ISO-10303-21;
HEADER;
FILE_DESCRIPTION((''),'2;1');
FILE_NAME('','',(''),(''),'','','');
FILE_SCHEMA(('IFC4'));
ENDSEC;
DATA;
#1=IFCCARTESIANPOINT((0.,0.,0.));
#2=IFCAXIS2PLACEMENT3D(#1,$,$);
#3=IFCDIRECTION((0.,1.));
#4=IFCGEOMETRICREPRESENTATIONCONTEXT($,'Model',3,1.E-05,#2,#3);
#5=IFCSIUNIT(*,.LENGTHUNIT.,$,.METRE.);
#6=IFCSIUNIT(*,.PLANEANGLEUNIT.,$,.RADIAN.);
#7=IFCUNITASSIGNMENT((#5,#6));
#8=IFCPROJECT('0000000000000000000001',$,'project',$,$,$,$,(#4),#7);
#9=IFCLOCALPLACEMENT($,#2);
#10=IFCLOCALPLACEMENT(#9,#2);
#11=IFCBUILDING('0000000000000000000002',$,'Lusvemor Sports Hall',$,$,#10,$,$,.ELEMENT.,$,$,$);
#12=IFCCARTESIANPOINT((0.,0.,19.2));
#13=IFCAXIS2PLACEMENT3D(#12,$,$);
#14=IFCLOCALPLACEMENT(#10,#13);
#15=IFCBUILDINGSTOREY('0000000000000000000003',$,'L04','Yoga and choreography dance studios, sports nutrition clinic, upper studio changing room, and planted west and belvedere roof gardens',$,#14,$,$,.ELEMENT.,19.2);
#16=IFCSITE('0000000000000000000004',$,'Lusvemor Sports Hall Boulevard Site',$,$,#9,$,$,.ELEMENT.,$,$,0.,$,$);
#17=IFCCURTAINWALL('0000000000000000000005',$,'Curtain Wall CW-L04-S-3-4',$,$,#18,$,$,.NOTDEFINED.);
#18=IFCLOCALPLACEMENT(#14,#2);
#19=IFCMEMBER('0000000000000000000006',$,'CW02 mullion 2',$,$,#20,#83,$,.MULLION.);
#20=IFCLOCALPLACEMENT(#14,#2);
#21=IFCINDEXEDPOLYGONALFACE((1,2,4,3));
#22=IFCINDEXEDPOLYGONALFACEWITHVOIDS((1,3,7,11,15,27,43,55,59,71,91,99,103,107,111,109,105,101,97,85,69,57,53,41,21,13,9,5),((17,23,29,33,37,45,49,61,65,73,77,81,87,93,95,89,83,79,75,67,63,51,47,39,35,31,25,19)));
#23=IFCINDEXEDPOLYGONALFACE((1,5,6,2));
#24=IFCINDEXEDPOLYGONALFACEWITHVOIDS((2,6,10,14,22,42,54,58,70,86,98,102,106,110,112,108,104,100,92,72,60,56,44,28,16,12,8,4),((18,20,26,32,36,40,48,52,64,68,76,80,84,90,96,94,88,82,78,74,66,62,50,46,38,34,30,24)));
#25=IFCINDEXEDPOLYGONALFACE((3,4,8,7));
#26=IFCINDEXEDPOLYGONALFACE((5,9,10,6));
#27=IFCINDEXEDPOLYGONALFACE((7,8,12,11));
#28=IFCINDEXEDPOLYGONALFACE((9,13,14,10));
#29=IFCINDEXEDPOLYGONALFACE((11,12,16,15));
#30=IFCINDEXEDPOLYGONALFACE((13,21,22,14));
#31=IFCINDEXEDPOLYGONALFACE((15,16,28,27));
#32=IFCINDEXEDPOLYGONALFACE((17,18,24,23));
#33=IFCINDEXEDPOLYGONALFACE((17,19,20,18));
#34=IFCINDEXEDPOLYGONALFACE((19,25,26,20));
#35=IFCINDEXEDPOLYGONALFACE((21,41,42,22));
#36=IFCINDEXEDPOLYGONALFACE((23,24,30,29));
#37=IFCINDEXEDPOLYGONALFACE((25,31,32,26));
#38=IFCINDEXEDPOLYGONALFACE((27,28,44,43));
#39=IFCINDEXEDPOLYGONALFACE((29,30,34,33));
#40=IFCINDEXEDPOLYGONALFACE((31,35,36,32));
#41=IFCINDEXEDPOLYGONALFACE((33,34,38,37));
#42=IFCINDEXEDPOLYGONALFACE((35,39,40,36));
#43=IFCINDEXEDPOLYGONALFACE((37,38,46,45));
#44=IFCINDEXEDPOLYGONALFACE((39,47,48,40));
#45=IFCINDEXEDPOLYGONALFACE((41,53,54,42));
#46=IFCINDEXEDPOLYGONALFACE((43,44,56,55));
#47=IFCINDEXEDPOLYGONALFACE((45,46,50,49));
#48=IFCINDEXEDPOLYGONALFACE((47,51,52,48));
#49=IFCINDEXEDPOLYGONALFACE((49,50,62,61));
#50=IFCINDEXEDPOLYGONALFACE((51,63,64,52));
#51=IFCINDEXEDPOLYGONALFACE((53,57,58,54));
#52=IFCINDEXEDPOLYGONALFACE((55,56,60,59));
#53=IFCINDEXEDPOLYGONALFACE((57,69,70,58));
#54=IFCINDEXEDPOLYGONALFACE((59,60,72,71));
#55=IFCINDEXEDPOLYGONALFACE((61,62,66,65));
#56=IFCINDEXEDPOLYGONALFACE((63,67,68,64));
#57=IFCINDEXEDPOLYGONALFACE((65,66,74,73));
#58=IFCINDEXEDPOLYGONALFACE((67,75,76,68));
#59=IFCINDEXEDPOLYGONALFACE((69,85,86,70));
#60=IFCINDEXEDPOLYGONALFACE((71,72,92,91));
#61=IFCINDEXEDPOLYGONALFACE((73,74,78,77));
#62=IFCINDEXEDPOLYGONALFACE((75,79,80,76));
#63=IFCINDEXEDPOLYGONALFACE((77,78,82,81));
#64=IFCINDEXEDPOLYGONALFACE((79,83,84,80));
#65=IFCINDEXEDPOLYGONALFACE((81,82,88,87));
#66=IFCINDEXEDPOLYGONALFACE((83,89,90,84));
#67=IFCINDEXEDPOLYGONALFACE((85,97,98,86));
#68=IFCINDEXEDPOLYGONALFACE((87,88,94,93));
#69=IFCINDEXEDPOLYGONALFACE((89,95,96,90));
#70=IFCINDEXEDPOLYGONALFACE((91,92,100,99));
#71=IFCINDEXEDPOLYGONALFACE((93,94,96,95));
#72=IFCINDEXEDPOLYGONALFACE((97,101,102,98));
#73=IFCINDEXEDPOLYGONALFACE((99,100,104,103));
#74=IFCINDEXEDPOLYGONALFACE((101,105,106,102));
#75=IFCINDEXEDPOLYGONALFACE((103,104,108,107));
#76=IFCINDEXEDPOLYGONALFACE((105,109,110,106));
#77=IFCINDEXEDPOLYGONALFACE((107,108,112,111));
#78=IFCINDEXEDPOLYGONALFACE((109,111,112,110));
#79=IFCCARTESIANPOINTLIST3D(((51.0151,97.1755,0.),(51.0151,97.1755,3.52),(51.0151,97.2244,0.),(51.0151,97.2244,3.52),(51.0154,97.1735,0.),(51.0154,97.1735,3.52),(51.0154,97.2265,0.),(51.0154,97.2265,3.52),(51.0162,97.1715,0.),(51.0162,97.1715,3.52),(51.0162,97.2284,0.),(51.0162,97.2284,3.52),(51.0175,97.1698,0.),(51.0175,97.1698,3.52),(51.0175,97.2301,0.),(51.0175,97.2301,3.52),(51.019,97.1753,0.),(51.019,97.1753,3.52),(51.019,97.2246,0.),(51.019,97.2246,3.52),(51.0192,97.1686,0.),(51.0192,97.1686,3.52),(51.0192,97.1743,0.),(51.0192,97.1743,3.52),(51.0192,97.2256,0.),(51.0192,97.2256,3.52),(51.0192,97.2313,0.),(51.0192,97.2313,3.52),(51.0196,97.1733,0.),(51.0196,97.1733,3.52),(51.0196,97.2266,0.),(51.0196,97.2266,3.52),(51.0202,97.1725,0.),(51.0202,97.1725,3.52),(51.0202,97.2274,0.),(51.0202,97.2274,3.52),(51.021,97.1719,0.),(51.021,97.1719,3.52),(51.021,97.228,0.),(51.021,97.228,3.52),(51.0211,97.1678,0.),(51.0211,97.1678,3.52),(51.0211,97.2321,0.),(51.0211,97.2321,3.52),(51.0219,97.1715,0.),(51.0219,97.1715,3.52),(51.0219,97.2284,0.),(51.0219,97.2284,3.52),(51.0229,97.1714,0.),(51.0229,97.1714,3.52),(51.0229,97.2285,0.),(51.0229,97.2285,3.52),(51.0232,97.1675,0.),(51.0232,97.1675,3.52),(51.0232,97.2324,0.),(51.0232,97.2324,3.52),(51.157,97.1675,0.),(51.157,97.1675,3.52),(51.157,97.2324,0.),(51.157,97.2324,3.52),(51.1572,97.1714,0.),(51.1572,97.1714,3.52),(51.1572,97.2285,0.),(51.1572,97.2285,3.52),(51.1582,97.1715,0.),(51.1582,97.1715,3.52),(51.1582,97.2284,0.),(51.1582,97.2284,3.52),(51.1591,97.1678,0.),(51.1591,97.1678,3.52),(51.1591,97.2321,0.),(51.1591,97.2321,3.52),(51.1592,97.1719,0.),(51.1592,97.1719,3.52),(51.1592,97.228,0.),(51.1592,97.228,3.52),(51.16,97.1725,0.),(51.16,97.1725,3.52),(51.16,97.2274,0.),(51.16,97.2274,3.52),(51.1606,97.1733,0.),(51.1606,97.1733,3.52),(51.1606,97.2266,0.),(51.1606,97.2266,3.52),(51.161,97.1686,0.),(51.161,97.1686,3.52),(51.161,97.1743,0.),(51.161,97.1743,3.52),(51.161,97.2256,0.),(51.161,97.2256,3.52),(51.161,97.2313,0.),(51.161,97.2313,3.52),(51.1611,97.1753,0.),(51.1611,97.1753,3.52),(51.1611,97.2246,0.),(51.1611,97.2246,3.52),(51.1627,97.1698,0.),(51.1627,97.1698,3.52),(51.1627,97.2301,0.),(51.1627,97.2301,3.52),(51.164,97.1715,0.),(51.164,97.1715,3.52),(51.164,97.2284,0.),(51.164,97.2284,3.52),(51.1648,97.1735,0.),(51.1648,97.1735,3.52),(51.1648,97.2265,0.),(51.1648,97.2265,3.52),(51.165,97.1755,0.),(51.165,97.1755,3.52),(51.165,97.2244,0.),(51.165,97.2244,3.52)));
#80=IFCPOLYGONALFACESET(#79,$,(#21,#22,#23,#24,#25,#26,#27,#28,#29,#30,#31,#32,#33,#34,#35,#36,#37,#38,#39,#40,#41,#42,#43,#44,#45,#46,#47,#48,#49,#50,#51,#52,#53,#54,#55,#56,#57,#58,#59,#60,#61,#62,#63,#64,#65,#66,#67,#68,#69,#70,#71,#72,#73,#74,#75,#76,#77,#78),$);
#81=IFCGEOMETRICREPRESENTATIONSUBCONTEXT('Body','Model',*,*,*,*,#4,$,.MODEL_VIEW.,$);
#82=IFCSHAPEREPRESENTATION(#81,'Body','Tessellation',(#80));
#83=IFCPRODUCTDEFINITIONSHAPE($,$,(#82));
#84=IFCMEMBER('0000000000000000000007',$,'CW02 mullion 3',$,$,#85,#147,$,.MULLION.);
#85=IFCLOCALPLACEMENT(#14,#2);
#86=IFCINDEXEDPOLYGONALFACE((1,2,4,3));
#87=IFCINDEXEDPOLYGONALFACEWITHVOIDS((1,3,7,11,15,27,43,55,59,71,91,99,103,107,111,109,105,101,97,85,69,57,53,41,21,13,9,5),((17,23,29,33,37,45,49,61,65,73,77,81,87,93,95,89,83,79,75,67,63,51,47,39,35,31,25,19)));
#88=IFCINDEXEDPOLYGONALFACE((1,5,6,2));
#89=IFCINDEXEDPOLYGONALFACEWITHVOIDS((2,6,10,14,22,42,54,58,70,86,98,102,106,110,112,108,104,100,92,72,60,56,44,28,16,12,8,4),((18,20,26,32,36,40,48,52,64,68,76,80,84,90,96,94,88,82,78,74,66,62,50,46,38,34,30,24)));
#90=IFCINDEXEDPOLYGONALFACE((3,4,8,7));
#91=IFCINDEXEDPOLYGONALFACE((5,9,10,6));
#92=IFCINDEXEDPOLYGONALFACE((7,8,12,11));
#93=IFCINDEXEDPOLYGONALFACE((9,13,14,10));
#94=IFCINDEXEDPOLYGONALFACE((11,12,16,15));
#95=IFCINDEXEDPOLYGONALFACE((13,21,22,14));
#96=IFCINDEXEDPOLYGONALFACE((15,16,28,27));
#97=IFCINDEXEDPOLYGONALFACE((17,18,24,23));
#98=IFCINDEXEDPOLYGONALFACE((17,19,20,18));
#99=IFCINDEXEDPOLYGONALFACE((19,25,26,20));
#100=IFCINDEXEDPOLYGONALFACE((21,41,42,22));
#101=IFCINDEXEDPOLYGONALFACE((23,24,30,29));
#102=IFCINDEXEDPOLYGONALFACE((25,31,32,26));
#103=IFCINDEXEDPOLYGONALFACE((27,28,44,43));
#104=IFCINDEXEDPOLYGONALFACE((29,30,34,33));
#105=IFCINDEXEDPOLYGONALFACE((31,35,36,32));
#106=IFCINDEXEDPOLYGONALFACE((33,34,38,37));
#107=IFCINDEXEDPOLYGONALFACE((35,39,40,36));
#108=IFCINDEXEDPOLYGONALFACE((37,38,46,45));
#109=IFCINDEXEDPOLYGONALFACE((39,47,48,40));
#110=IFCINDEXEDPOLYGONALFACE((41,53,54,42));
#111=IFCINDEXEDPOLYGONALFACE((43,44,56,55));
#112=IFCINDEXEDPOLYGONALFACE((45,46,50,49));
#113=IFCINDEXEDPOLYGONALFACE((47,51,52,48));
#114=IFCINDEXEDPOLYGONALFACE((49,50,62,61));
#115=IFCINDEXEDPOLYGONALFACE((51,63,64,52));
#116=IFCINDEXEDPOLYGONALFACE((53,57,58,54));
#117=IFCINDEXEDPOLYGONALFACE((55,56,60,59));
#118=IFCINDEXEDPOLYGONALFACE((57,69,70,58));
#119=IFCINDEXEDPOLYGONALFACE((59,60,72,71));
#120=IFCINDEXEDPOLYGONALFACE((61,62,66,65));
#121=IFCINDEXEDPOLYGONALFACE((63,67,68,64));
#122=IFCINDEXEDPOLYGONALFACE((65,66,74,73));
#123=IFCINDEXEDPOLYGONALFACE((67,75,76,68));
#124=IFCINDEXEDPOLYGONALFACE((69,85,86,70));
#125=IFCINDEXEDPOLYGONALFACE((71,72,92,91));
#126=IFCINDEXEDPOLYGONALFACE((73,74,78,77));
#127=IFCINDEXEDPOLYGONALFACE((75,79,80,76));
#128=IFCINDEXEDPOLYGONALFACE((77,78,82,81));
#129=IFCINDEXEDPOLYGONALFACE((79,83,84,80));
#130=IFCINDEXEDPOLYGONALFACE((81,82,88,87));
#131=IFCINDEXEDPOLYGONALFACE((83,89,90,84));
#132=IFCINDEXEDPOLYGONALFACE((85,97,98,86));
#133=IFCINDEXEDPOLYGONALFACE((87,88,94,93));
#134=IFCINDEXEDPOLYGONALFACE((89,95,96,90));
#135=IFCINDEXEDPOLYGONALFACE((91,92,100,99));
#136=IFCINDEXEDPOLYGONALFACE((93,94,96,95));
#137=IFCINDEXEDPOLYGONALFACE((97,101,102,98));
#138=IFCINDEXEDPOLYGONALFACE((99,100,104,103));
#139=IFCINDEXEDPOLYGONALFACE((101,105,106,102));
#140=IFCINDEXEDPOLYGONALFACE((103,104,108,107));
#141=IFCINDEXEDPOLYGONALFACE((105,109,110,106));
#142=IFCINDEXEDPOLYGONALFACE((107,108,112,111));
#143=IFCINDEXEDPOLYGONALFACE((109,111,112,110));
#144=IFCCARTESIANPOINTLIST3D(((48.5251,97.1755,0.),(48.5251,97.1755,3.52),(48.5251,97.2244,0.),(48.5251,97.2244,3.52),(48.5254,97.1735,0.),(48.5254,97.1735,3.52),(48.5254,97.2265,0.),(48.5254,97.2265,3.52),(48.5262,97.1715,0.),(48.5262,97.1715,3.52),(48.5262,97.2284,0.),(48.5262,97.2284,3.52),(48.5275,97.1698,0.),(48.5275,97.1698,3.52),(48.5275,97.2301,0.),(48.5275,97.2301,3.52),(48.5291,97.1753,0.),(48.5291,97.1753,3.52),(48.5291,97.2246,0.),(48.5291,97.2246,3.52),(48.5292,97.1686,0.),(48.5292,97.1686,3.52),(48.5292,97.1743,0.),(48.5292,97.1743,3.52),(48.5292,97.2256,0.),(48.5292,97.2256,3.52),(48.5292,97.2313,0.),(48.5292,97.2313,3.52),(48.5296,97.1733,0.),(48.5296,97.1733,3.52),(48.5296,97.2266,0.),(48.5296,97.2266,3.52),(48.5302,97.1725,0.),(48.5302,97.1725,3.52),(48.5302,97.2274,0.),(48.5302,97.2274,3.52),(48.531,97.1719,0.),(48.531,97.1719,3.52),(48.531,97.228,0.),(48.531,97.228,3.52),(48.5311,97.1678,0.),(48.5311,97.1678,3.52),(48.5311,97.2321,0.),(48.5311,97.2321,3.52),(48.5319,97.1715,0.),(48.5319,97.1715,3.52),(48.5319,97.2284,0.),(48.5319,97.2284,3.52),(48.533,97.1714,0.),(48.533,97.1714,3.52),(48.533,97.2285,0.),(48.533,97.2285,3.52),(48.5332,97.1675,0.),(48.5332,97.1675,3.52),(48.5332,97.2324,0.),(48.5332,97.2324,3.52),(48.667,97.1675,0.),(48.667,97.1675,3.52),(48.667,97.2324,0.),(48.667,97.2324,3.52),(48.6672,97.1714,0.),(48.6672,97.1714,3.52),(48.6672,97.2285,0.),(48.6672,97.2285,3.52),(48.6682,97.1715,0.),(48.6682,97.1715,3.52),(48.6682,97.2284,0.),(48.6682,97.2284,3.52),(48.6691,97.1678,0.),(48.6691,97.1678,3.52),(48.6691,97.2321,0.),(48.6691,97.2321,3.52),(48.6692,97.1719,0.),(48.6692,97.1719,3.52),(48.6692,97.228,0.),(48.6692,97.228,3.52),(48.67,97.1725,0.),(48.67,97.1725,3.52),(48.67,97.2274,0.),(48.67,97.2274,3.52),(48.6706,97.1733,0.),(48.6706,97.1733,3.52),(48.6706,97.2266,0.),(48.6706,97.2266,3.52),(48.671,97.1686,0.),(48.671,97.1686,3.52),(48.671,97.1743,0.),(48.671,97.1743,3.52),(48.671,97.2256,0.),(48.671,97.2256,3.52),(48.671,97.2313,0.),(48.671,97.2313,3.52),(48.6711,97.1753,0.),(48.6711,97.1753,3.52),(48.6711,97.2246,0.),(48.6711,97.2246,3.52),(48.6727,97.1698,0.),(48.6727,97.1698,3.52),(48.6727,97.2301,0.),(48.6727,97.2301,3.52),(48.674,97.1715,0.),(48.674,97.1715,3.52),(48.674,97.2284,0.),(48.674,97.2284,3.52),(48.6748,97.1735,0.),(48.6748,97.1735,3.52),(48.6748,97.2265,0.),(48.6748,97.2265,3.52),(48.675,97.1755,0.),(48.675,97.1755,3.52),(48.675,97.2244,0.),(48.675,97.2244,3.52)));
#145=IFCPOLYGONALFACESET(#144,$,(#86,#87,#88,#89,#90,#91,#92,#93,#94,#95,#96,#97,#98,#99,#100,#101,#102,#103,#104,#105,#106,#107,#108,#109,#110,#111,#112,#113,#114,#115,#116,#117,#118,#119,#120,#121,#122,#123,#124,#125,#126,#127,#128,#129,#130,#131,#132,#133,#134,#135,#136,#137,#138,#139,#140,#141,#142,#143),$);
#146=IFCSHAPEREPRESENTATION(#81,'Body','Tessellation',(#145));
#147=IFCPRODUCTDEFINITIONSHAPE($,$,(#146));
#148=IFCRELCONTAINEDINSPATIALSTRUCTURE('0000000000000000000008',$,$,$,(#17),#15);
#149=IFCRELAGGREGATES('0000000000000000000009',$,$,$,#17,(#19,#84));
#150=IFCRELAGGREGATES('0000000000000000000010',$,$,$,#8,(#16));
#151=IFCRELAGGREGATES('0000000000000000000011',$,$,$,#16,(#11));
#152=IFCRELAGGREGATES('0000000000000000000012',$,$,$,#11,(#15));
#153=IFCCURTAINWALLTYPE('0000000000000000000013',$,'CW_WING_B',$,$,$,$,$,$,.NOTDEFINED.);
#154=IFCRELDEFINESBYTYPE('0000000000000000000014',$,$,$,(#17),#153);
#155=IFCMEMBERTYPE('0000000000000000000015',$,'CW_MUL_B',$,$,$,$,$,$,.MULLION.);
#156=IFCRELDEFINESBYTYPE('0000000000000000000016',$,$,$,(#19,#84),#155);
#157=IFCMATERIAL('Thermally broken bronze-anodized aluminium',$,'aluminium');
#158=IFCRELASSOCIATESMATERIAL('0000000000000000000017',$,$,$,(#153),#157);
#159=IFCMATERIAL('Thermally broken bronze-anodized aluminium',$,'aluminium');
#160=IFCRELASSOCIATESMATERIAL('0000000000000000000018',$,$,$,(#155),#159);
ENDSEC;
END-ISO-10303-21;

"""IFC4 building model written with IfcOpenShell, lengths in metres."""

from ifc_helpers import new_model, si_unit, direction, frame, origin, origin_2d, place, context, subcontext, project, spatial, hollow_rectangle, extrude, material, material_profile, profile_set, type_object, element, aggregate, save


model = new_model("IFC4")

# Units and contexts
model_context = context("Model", 3, precision=1e-05, world=origin(), true_north=direction((0.0, 1.0)))
body_context = subcontext(model_context, "Body", "Model", "MODEL_VIEW")
ifc_project = project(units=[si_unit("LENGTHUNIT", "METRE"), si_unit("PLANEANGLEUNIT", "RADIAN")], contexts=[model_context])

# Site, building, storey
site_placement = place(None, origin())
site = spatial("IfcSite", under=ifc_project, at=site_placement, Name="Lusvemor Sports Hall Boulevard Site", CompositionType="ELEMENT", RefElevation=0.0)
building_placement = place(site_placement, origin())
building = spatial("IfcBuilding", under=site, at=building_placement, Name="Lusvemor Sports Hall", CompositionType="ELEMENT")
storey_placement = place(building_placement, frame((0.0, 0.0, 19.2)))
storey = spatial("IfcBuildingStorey", under=building, at=storey_placement, Name="L04", Description="Yoga and choreography dance studios, sports nutrition clinic, upper studio changing room, and planted west and belvedere roof gardens", CompositionType="ELEMENT", Elevation=19.2)

# Shared definitions
ifc_material_1 = material(Name="Thermally broken bronze-anodized aluminium", Category="aluminium")
curtain_wall_type = type_object("IfcCurtainWallType", Name="CW_WING_B", PredefinedType="NOTDEFINED", material=ifc_material_1)
ifc_material_2 = material(Name="Thermally broken bronze-anodized aluminium", Category="aluminium")
ifc_material_profile_1 = material_profile(ifc_material_2, hollow_rectangle(XDim=0.0649, YDim=0.1499, WallThickness=0.0039, InnerFilletRadius=0.0039, OuterFilletRadius=0.0081, at=origin_2d()), Name="CWMUL150x65x4")
ifc_profile_set_1 = profile_set([ifc_material_profile_1], Name="Thermally broken bronze-anodized aluminium")
member_type_1 = type_object("IfcMemberType", Name="CW_MUL_B", PredefinedType="MULLION", material=ifc_profile_set_1)

# Curtain wall, members
curtain_wall_1_placement = place(storey_placement, origin())
curtain_wall_1 = element("IfcCurtainWall", 1, at=curtain_wall_1_placement, inside=storey, type_object=curtain_wall_type, Name="Curtain Wall CW-L04-S-3-4", PredefinedType="NOTDEFINED")
member_1_placement = place(storey_placement, frame((51.0901, 97.2, 0.0), z_axis=(0.0, 0.0, 1.0), x_axis=(0.0, -1.0, 0.0)))
member_1 = element("IfcMember", 2, at=member_1_placement, type_object=member_type_1, Name="CW02 mullion 2", PredefinedType="MULLION", context=body_context, shape_type="SweptSolid", body=[
    extrude(hollow_rectangle(XDim=0.0649, YDim=0.1499, WallThickness=0.0039, InnerFilletRadius=0.0039, OuterFilletRadius=0.0081, at=origin_2d()), origin(), (0.0, 0.0, 1.0), 3.52),
])
member_2_placement = place(storey_placement, frame((48.6001, 97.2, 0.0), z_axis=(0.0, 0.0, 1.0), x_axis=(0.0, -1.0, 0.0)))
member_2 = element("IfcMember", 3, at=member_2_placement, type_object=member_type_1, Name="CW02 mullion 3", PredefinedType="MULLION", context=body_context, shape_type="SweptSolid", body=[
    extrude(hollow_rectangle(XDim=0.0649, YDim=0.1499, WallThickness=0.0039, InnerFilletRadius=0.0039, OuterFilletRadius=0.0081, at=origin_2d()), origin(), (0.0, 0.0, 1.0), 3.52),
])

aggregate(curtain_wall_1, [member_1, member_2])

save(model, "model.ifc")
